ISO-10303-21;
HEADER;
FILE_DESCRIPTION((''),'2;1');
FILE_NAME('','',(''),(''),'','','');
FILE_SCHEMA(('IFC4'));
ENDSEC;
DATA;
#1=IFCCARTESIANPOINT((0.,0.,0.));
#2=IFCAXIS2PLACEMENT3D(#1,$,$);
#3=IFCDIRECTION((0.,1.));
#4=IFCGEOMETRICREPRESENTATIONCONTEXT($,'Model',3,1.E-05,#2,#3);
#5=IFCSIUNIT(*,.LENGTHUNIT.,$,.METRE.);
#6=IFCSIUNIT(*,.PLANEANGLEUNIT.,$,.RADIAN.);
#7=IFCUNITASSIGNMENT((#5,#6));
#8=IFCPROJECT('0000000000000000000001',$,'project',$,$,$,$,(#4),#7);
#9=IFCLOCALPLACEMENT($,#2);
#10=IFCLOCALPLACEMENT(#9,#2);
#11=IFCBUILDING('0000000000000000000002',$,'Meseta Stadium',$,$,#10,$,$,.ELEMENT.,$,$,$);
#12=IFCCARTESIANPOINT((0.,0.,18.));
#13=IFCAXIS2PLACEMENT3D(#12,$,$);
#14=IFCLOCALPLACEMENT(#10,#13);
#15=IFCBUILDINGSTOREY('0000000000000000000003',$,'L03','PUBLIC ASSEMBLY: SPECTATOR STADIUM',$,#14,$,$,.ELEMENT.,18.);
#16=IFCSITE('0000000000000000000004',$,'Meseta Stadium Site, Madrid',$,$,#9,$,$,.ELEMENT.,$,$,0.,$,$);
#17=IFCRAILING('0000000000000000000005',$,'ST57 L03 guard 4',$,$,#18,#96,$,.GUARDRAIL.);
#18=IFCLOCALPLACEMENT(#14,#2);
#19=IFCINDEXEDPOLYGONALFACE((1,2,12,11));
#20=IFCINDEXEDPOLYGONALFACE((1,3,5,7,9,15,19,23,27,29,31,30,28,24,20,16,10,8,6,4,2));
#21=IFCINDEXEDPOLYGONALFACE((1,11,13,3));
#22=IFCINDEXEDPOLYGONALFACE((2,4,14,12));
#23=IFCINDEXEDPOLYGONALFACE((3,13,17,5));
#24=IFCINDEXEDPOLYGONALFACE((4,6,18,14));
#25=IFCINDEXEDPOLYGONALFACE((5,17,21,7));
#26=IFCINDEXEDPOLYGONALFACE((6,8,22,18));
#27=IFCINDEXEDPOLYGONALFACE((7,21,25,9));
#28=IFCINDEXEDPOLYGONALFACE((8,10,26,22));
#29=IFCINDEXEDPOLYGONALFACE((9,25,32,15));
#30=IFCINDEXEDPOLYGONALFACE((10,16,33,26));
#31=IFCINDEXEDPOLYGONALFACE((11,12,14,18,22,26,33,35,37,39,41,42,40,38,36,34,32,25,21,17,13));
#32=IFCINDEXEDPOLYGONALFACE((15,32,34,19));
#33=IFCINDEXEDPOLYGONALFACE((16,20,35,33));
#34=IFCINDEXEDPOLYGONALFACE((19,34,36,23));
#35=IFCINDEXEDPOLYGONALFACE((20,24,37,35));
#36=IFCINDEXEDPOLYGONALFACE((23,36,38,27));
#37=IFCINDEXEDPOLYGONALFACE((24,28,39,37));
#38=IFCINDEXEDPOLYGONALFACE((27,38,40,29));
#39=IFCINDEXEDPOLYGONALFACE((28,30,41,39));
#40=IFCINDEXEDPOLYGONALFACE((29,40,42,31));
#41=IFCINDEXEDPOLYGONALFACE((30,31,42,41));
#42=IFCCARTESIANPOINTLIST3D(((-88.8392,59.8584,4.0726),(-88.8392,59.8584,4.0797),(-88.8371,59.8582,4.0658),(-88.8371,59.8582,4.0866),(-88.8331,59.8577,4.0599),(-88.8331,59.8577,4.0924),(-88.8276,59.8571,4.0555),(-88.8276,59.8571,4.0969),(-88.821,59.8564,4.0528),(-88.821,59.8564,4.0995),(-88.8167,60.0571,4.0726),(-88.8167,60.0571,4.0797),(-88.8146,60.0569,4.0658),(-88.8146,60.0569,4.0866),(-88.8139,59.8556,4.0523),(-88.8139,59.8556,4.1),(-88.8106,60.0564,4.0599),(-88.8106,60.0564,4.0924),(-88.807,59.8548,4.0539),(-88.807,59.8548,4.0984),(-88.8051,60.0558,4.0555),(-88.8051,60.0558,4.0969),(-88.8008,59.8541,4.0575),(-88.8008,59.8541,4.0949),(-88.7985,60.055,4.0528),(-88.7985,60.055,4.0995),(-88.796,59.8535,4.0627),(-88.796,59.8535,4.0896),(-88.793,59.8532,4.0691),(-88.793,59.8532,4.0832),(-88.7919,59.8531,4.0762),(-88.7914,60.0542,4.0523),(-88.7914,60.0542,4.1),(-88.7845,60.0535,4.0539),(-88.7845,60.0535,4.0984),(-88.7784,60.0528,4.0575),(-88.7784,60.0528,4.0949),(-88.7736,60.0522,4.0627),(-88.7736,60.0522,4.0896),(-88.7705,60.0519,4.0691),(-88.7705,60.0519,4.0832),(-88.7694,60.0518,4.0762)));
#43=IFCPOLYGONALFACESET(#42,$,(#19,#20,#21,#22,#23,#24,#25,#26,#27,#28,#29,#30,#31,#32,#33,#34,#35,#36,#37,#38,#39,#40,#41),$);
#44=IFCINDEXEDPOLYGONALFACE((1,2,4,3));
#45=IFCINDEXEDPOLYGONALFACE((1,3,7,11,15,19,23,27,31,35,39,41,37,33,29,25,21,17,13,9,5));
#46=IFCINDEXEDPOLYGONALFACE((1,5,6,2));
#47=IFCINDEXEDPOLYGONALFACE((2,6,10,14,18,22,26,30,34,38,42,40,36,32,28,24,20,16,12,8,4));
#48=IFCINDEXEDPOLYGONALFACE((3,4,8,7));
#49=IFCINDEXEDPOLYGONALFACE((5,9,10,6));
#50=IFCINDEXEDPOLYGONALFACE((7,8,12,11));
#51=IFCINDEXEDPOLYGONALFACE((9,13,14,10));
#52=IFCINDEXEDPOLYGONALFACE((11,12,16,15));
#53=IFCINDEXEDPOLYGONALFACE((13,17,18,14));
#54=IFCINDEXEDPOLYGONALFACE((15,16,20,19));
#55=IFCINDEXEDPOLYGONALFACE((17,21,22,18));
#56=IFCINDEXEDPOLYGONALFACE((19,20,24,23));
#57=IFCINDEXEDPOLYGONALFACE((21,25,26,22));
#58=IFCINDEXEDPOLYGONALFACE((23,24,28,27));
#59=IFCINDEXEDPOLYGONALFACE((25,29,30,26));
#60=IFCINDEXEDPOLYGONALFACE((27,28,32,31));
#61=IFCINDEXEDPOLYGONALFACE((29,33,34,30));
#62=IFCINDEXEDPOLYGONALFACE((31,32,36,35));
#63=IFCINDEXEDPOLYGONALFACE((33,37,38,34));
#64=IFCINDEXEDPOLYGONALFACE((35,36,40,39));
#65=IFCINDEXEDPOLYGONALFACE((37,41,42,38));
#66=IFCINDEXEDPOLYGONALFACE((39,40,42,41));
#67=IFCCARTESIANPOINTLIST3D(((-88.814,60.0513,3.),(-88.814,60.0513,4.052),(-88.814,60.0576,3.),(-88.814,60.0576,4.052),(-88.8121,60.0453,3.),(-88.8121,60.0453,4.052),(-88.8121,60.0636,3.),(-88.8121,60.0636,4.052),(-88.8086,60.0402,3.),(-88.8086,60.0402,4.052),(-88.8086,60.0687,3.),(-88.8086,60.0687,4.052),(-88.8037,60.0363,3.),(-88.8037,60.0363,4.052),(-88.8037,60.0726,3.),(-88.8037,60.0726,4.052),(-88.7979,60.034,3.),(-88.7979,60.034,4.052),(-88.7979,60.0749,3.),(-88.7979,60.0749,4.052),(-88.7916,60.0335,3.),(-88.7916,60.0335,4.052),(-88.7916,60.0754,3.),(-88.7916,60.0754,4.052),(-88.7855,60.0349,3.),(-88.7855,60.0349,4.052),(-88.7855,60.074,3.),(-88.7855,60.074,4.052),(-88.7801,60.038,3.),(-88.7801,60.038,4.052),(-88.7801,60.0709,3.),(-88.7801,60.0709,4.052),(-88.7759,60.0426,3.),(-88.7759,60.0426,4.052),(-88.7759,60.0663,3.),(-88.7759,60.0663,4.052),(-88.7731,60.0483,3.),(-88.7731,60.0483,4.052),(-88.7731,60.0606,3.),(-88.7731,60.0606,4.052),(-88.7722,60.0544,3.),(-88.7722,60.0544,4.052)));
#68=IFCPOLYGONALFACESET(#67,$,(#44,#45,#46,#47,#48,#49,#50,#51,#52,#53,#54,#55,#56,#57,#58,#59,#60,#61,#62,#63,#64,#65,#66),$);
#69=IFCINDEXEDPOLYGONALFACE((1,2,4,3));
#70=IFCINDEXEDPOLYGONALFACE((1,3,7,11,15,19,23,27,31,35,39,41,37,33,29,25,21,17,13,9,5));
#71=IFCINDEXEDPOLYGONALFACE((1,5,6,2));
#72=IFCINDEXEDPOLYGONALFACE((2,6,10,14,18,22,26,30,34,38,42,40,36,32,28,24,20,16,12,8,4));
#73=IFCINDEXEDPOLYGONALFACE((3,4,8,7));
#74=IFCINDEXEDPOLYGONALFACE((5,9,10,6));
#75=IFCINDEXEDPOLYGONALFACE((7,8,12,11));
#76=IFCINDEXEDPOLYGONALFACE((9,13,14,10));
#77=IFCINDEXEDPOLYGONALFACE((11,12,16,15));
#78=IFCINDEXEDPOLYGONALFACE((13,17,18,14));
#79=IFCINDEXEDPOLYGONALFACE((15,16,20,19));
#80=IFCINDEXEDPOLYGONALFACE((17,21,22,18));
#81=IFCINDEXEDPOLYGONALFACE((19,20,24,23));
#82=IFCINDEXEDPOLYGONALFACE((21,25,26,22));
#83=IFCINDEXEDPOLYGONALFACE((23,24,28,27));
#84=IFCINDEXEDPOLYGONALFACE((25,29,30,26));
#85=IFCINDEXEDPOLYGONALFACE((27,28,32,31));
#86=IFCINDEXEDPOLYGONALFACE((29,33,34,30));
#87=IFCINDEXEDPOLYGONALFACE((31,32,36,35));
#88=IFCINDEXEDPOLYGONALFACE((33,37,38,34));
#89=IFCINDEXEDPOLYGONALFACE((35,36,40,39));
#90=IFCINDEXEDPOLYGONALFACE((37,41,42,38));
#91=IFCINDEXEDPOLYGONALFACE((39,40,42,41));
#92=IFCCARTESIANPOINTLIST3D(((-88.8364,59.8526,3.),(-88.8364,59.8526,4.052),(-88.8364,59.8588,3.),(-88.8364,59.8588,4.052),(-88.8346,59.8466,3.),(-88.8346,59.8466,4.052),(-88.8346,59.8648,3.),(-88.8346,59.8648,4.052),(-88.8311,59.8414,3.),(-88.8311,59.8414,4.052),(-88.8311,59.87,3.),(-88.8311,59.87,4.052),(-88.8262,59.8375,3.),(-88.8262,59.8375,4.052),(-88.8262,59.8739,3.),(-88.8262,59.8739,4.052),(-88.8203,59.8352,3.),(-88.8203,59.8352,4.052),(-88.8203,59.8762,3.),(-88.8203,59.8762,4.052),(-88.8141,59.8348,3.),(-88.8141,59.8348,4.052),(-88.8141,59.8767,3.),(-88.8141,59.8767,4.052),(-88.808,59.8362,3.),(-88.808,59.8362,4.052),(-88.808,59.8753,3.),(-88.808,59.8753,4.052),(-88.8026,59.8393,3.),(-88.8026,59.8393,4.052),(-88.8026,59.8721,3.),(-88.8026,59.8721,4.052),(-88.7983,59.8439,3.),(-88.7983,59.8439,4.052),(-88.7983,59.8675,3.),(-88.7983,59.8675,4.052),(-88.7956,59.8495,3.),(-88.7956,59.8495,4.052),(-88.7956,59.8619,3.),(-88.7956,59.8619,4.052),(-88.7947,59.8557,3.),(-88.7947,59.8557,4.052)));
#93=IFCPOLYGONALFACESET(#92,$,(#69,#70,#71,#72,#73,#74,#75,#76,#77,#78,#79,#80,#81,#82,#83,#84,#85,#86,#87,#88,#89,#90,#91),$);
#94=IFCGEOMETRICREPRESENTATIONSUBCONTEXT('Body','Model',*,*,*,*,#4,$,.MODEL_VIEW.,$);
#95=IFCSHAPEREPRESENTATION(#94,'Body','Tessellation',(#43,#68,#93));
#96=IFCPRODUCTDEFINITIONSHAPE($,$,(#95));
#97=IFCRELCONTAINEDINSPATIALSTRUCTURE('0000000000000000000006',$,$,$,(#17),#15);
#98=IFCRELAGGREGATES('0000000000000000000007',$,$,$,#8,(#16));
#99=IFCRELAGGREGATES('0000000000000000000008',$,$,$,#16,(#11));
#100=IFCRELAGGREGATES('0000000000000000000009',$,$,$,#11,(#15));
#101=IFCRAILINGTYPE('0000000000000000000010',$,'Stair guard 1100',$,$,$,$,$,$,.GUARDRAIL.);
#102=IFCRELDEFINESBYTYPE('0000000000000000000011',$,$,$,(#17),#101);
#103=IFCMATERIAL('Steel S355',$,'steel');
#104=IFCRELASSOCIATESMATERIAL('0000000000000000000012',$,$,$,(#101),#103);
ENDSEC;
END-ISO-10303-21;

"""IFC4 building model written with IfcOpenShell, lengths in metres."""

from ifc_helpers import new_model, si_unit, direction, frame, origin, origin_2d, place, context, subcontext, project, spatial, circle, extrude, material, type_object, element, save


model = new_model("IFC4")

# Units and contexts
model_context = context("Model", 3, precision=1e-05, world=origin(), true_north=direction((0.0, 1.0)))
body_context = subcontext(model_context, "Body", "Model", "MODEL_VIEW")
ifc_project = project(units=[si_unit("LENGTHUNIT", "METRE"), si_unit("PLANEANGLEUNIT", "RADIAN")], contexts=[model_context])

# Site, building, storey
site_placement = place(None, origin())
site = spatial("IfcSite", under=ifc_project, at=site_placement, Name="Meseta Stadium Site, Madrid", CompositionType="ELEMENT", RefElevation=0.0)
building_placement = place(site_placement, origin())
building = spatial("IfcBuilding", under=site, at=building_placement, Name="Meseta Stadium", CompositionType="ELEMENT")
storey_placement = place(building_placement, frame((0.0, 0.0, 18.0)))
storey = spatial("IfcBuildingStorey", under=building, at=storey_placement, Name="L03", Description="PUBLIC ASSEMBLY: SPECTATOR STADIUM", CompositionType="ELEMENT", Elevation=18.0)

# Railing
ifc_material_1 = material(Name="Steel S355", Category="steel")
railing_type_1 = type_object("IfcRailingType", Name="Stair guard 1100", PredefinedType="GUARDRAIL", material=ifc_material_1)
railing_1_placement = place(storey_placement, frame((-88.7932, 60.0544, 3.0)))
element("IfcRailing", 1, at=railing_1_placement, inside=storey, type_object=railing_type_1, Name="ST57 L03 guard 4", PredefinedType="GUARDRAIL", context=body_context, shape_type="SweptSolid", body=[
    extrude(circle(Radius=0.0239, at=origin_2d()), frame((0.0, 0.0, 1.0762), z_axis=(-0.112307, -0.993674, 0.0), x_axis=(0.993674, -0.112307, 0.0)), (0.0, 0.0, 1.0), 0.2),
    extrude(circle(Radius=0.021, at=origin_2d()), origin(), (0.0, 0.0, 1.0), 1.052),
    extrude(circle(Radius=0.021, at=origin_2d()), frame((-0.0225, -0.1987, 0.0)), (0.0, 0.0, 1.0), 1.052),
])

save(model, "model.ifc")
